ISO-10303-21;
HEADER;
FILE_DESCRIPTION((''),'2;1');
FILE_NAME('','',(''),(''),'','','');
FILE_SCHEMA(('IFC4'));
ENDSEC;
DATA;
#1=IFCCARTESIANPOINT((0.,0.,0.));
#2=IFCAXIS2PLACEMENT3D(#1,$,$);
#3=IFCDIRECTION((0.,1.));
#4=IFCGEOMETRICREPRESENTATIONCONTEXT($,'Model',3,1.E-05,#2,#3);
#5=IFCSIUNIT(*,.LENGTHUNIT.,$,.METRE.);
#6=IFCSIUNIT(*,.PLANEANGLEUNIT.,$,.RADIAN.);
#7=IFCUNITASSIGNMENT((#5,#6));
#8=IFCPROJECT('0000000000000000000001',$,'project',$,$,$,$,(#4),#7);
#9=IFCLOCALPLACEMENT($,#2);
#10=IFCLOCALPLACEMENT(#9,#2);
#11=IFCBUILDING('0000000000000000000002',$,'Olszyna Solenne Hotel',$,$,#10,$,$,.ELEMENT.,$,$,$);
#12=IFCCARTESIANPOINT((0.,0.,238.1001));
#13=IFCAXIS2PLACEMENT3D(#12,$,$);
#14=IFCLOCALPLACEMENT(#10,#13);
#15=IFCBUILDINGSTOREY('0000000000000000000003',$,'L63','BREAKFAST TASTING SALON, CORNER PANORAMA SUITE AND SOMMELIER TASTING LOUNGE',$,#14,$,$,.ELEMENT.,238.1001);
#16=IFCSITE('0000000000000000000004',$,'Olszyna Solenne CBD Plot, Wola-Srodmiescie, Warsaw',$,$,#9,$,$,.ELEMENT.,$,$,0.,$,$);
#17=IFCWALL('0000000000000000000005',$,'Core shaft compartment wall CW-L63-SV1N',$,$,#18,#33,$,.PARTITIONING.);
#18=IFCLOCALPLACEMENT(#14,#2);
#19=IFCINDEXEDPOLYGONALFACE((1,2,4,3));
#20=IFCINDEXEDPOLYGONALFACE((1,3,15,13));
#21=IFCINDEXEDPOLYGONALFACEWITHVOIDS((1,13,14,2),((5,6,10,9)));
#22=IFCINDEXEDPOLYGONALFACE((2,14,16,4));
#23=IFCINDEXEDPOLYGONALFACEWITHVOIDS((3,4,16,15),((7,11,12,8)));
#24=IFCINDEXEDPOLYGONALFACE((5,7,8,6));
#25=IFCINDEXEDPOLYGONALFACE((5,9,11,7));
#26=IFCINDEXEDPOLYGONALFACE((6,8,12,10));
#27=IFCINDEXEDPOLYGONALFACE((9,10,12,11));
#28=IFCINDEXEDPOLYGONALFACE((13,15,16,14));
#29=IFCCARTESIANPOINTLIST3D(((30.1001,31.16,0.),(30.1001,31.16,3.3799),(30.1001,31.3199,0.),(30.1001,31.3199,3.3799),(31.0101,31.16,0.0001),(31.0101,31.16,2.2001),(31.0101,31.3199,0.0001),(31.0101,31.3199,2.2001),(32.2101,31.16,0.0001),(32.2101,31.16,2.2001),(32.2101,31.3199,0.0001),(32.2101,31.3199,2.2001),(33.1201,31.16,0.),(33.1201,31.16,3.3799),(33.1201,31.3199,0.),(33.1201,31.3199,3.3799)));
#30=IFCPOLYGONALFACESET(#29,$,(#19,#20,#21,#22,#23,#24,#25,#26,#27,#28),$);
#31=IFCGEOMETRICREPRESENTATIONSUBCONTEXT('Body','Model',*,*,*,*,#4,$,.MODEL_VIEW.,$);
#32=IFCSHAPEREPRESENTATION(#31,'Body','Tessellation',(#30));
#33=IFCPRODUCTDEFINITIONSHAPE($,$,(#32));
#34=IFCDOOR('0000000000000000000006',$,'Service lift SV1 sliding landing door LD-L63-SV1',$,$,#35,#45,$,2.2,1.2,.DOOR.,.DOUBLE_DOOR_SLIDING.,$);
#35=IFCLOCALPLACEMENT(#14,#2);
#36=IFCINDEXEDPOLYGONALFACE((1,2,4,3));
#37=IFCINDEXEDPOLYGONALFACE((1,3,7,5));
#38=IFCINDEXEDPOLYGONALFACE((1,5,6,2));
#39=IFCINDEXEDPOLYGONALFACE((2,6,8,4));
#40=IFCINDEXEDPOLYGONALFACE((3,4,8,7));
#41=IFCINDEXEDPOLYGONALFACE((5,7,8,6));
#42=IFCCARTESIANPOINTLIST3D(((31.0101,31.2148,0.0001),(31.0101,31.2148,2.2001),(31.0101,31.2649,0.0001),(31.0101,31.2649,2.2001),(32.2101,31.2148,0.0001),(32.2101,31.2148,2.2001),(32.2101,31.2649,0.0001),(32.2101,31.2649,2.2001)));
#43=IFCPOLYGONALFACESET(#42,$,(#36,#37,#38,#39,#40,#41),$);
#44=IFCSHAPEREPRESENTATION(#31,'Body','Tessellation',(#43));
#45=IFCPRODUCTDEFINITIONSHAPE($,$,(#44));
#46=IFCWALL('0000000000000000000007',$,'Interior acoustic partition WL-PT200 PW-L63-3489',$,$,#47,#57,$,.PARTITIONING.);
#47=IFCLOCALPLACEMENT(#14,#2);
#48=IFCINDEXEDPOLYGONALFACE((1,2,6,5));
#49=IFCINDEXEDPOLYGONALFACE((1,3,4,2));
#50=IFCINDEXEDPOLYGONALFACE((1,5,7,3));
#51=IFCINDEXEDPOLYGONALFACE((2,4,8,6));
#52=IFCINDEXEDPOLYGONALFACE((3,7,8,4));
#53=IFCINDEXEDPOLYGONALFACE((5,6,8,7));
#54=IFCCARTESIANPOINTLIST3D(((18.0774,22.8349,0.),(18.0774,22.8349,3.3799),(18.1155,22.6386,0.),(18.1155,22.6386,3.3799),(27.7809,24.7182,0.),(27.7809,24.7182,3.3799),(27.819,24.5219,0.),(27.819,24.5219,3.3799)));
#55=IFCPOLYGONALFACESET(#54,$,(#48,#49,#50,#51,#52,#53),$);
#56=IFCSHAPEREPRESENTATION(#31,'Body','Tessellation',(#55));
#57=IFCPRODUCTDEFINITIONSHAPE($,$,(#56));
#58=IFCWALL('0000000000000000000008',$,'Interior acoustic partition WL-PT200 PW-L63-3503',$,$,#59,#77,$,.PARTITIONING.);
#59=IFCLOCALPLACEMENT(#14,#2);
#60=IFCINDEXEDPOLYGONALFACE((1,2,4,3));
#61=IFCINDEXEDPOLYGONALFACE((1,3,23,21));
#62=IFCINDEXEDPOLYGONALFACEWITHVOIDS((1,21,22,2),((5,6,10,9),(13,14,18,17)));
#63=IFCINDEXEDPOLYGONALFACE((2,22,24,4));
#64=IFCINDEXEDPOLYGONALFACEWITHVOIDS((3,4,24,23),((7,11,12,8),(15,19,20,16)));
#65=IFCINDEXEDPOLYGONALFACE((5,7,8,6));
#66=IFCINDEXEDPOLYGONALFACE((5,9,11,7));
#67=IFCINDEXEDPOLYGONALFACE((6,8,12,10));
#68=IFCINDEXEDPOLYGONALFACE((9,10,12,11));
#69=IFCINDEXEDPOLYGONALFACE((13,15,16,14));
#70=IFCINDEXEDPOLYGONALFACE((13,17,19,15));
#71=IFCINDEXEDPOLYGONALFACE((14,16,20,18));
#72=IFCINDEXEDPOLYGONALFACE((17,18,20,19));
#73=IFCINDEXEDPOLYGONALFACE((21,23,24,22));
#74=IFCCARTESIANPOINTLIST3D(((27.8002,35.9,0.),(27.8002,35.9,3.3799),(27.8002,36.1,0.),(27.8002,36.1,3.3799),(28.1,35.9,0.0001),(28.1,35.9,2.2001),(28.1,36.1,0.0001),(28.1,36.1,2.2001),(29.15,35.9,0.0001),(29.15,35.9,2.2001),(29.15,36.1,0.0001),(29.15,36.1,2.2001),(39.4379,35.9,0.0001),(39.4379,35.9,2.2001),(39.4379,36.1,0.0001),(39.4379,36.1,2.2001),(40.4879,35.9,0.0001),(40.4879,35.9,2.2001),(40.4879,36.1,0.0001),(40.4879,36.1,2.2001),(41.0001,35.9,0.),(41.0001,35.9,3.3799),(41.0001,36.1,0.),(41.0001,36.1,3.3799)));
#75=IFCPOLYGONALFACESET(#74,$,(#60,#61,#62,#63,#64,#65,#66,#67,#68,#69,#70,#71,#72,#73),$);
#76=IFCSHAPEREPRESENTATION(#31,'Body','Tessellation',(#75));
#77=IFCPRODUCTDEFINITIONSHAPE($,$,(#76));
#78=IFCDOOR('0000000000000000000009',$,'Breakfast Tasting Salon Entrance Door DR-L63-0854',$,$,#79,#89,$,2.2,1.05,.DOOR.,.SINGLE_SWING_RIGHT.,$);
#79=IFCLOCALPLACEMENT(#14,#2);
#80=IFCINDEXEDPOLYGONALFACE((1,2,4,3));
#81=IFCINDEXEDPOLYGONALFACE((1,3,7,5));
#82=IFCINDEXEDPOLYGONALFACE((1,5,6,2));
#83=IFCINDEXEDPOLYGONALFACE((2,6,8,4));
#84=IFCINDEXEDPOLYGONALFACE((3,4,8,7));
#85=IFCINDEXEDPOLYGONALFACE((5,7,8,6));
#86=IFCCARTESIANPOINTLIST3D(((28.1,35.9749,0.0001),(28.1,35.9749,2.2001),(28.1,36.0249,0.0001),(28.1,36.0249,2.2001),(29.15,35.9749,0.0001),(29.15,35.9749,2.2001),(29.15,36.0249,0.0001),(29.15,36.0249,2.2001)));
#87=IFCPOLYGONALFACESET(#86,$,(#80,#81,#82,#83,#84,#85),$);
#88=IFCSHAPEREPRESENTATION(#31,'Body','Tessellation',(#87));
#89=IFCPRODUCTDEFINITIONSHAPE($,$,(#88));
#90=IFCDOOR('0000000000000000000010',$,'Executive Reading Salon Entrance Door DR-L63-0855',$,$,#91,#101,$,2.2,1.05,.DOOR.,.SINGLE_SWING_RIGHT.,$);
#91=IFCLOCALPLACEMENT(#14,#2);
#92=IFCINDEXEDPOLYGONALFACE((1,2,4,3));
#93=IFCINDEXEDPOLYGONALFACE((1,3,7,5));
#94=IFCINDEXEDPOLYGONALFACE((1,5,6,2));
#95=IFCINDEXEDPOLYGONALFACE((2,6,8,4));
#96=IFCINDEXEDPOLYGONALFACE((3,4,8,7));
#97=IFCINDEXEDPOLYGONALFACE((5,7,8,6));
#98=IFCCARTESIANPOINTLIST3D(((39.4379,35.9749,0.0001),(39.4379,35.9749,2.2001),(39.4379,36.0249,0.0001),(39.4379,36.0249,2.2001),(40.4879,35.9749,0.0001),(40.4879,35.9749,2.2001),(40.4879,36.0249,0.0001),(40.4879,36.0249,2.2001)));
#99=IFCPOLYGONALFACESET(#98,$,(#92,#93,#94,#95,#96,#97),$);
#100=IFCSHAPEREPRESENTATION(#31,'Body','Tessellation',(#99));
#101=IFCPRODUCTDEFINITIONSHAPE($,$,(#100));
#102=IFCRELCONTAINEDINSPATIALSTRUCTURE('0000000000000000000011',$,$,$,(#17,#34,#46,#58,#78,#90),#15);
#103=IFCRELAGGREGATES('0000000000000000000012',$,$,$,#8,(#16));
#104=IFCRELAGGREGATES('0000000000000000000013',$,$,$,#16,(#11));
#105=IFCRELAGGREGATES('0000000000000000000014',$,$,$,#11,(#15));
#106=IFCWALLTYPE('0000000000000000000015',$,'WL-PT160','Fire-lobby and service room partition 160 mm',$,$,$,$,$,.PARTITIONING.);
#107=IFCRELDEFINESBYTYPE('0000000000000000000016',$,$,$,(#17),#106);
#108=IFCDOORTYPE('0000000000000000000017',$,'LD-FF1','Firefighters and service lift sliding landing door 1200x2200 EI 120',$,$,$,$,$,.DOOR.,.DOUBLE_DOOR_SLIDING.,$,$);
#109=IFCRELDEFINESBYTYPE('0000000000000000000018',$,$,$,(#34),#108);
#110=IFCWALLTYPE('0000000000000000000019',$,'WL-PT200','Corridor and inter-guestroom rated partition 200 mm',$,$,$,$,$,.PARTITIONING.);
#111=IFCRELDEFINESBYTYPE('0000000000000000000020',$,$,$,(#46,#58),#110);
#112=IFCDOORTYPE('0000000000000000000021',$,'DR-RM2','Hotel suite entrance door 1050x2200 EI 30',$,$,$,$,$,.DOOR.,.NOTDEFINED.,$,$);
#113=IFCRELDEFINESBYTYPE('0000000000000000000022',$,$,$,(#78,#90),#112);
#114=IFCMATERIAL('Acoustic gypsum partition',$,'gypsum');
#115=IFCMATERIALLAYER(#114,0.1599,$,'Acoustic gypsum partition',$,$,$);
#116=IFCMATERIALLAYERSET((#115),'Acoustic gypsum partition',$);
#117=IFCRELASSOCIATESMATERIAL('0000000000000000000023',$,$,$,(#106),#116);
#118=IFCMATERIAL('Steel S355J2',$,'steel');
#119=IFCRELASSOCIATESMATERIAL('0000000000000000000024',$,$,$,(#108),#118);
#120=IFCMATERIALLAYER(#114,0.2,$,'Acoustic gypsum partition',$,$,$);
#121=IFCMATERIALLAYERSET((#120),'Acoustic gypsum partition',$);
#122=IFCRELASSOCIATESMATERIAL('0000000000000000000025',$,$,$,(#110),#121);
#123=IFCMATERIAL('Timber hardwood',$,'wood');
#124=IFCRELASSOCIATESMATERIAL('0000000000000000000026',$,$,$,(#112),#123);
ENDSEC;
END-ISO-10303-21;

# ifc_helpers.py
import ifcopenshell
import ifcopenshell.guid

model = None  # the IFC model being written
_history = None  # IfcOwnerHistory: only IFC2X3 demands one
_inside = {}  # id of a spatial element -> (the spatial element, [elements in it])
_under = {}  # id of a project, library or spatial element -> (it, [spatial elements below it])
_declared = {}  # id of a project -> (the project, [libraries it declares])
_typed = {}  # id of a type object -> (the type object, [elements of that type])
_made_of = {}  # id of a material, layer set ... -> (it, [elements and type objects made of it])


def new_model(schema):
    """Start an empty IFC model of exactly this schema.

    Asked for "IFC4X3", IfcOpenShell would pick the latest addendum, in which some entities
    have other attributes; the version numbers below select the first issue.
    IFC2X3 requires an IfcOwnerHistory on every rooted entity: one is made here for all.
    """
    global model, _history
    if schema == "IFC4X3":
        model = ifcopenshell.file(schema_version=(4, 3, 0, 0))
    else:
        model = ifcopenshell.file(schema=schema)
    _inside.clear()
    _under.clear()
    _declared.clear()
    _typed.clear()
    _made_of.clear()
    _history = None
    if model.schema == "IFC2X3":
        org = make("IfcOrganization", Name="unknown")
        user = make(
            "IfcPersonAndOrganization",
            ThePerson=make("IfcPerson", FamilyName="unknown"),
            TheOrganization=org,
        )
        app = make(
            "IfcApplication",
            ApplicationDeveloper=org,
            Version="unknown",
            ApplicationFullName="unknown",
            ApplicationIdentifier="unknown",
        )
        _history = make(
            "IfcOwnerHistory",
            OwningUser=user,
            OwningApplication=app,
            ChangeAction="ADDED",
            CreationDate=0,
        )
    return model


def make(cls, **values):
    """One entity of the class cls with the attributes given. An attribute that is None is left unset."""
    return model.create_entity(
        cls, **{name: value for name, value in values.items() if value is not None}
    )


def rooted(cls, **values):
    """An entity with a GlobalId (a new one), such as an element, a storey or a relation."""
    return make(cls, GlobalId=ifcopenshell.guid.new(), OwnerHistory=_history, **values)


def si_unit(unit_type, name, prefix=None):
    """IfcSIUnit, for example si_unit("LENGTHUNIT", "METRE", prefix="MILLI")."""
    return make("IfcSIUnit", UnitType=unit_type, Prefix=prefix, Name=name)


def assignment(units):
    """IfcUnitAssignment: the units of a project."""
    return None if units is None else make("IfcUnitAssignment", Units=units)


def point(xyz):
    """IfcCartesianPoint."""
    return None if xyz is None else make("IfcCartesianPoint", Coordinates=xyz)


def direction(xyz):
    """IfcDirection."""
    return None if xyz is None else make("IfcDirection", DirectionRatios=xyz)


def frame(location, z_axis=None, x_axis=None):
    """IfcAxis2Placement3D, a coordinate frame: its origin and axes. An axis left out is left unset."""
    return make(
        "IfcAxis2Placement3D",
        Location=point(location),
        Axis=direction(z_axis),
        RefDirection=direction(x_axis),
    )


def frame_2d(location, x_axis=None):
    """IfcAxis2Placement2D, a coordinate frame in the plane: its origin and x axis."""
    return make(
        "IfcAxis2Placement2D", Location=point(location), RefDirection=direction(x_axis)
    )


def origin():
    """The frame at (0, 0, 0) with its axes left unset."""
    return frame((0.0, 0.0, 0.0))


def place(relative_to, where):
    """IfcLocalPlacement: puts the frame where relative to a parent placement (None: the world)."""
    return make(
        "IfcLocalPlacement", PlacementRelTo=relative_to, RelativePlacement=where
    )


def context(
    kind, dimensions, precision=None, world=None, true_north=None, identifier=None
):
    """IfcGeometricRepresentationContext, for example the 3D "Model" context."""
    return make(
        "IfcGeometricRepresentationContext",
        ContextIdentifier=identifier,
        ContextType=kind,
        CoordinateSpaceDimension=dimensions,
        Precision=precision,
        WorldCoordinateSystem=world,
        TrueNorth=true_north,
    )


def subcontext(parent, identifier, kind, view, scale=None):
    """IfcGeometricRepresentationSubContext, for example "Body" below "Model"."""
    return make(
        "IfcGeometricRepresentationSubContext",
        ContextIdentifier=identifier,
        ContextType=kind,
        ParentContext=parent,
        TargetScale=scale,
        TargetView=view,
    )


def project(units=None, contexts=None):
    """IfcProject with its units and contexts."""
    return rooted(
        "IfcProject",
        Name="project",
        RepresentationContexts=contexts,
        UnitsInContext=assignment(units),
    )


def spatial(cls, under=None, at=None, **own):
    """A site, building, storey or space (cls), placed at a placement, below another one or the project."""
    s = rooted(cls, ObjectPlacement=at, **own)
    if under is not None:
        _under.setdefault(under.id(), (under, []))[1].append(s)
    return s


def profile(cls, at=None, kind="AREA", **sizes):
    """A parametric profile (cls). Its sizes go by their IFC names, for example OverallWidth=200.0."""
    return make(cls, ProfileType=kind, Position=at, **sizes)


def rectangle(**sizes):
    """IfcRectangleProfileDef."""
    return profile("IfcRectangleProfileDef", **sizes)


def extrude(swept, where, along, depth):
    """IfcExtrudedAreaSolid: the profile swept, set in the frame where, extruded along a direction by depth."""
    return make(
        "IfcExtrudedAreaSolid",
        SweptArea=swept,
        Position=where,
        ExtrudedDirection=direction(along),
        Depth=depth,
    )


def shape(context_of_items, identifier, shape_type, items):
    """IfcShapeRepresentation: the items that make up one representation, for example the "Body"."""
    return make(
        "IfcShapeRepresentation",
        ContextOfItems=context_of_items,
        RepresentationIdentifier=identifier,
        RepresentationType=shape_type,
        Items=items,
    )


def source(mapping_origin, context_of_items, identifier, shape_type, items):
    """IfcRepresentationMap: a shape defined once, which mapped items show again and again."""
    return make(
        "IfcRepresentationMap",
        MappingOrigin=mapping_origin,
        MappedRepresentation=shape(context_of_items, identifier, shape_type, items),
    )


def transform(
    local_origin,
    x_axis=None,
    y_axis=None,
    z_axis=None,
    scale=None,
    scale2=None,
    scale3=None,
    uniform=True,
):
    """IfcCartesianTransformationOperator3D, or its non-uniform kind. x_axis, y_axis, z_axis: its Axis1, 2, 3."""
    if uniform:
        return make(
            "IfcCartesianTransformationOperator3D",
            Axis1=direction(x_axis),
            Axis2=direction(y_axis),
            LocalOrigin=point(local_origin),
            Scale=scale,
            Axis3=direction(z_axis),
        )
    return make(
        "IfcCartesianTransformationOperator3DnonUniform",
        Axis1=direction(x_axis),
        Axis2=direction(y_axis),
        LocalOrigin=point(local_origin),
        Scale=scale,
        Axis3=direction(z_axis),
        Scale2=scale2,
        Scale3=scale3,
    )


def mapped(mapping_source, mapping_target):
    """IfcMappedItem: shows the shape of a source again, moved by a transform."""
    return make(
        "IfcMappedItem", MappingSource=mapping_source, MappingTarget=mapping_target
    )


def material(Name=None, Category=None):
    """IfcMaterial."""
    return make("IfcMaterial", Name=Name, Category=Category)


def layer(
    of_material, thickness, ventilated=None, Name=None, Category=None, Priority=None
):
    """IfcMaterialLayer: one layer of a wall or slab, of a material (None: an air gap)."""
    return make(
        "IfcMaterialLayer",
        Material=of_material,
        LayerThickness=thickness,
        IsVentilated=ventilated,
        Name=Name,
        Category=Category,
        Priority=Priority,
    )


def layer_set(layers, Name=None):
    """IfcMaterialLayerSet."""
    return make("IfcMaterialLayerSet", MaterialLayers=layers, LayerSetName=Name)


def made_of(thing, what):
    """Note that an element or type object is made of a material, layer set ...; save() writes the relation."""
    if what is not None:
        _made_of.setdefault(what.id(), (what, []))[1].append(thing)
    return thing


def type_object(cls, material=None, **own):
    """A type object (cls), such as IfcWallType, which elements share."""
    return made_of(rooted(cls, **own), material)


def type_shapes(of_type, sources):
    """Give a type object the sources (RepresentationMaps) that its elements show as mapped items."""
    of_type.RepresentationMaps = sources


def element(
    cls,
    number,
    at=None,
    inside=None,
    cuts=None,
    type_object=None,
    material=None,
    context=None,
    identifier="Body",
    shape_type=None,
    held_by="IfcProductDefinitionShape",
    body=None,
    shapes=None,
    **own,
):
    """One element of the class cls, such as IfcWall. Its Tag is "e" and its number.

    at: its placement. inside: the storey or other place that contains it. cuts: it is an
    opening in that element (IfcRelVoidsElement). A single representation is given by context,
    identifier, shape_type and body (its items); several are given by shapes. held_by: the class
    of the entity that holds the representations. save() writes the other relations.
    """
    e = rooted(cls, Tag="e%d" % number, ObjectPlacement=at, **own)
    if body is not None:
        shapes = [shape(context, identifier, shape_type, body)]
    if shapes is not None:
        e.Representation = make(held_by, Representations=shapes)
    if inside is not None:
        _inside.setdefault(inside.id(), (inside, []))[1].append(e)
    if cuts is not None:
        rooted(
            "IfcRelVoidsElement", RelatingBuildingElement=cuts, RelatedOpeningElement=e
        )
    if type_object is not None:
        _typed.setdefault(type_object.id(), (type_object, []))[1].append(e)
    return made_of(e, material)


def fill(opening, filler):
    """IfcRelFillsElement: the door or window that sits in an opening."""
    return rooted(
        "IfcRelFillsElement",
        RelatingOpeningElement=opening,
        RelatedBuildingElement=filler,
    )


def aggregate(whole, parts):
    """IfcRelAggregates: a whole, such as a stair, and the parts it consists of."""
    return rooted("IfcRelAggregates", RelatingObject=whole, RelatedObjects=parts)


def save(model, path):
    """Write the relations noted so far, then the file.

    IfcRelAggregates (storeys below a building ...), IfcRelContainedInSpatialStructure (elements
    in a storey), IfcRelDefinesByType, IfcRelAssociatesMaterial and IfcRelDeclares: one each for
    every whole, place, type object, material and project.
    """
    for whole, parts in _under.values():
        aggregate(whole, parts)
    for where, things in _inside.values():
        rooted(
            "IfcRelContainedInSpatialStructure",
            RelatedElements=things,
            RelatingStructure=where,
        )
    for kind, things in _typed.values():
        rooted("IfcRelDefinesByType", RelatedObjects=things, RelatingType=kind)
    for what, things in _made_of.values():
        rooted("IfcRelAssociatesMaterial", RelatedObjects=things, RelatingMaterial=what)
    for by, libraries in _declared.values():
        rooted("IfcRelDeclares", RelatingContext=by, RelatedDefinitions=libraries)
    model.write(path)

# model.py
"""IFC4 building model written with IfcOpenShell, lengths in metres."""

from ifc_helpers import new_model, si_unit, direction, frame, frame_2d, origin, place, context, subcontext, project, spatial, rectangle, extrude, source, transform, mapped, material, layer, layer_set, type_object, type_shapes, element, fill, save


model = new_model("IFC4")

# Units and contexts
model_context = context("Model", 3, precision=1e-05, world=origin(), true_north=direction((0.0, 1.0)))
body_context = subcontext(model_context, "Body", "Model", "MODEL_VIEW")
ifc_project = project(units=[si_unit("LENGTHUNIT", "METRE"), si_unit("PLANEANGLEUNIT", "RADIAN")], contexts=[model_context])

# Site, building, storey
site_placement = place(None, origin())
site = spatial("IfcSite", under=ifc_project, at=site_placement, Name="Olszyna Solenne CBD Plot, Wola-Srodmiescie, Warsaw", CompositionType="ELEMENT", RefElevation=0.0)
building_placement = place(site_placement, origin())
building = spatial("IfcBuilding", under=site, at=building_placement, Name="Olszyna Solenne Hotel", CompositionType="ELEMENT")
storey_placement = place(building_placement, frame((0.0, 0.0, 238.1001)))
storey = spatial("IfcBuildingStorey", under=building, at=storey_placement, Name="L63", Description="BREAKFAST TASTING SALON, CORNER PANORAMA SUITE AND SOMMELIER TASTING LOUNGE", CompositionType="ELEMENT", Elevation=238.1001)

# Shared definitions
ifc_material_1 = material(Name="Steel S355J2", Category="steel")

# Shared definitions
ifc_material_2 = material(Name="Acoustic gypsum partition", Category="gypsum")
ifc_layer_1 = layer(ifc_material_2, 0.1599, Name="Acoustic gypsum partition")
ifc_layer_set_1 = layer_set([ifc_layer_1], Name="Acoustic gypsum partition")
wall_type_1 = type_object("IfcWallType", Name="WL-PT160", Description="Fire-lobby and service room partition 160 mm", PredefinedType="PARTITIONING", material=ifc_layer_set_1)

# Wall, opening, door
wall_1_placement = place(storey_placement, frame((30.1001, 31.24, 0.0), z_axis=(0.0, 0.0, 1.0), x_axis=(1.0, 0.0, 0.0)))
wall_1 = element("IfcWall", 1, at=wall_1_placement, inside=storey, type_object=wall_type_1, Name="Core shaft compartment wall CW-L63-SV1N", PredefinedType="PARTITIONING", context=body_context, shape_type="SweptSolid", body=[
    extrude(rectangle(XDim=3.02, YDim=0.1599, at=frame_2d((1.51, 0.0))), origin(), (0.0, 0.0, 1.0), 3.3799),
])
opening_1_placement = place(wall_1_placement, frame((0.9099, 0.0, 0.0)))
opening_1 = element("IfcOpeningElement", 2, at=opening_1_placement, cuts=wall_1, PredefinedType="OPENING", context=body_context, shape_type="SweptSolid", body=[
    extrude(rectangle(XDim=1.2, YDim=2.2, at=frame_2d((0.6001, 1.1001))), frame((0.0, 0.0898, 0.0), z_axis=(0.0, -1.0, 0.0), x_axis=(1.0, 0.0, 0.0)), (0.0, 0.0, 1.0), 0.1799),
])
door_type_1 = type_object("IfcDoorType", Name="LD-FF1", Description="Firefighters and service lift sliding landing door 1200x2200 EI 120", OperationType="DOUBLE_DOOR_SLIDING", PredefinedType="DOOR", material=ifc_material_1)
shared_shape_1 = source(origin(), body_context, "Body", "SweptSolid", [
    extrude(rectangle(XDim=1.2, YDim=2.2, at=frame_2d((0.6001, 1.1001))), frame((0.0, 0.0249, 0.0), z_axis=(0.0, -1.0, 0.0), x_axis=(1.0, 0.0, 0.0)), (0.0, 0.0, 1.0), 0.05),
])
type_shapes(door_type_1, [shared_shape_1])
door_1_placement = place(opening_1_placement, origin())
door_1 = element("IfcDoor", 3, at=door_1_placement, inside=storey, type_object=door_type_1, Name="Service lift SV1 sliding landing door LD-L63-SV1", OperationType="DOUBLE_DOOR_SLIDING", OverallHeight=2.2, OverallWidth=1.2, PredefinedType="DOOR", context=body_context, shape_type="MappedRepresentation", body=[
    mapped(shared_shape_1, transform((0.0, 0.0, 0.0), x_axis=(1.0, 0.0, 0.0), y_axis=(0.0, 1.0, 0.0), z_axis=(0.0, 0.0, 1.0), scale=1.0)),
])
fill(opening_1, door_1)

# Wall
ifc_layer_2 = layer(ifc_material_2, 0.2, Name="Acoustic gypsum partition")
ifc_layer_set_2 = layer_set([ifc_layer_2], Name="Acoustic gypsum partition")
wall_type_2 = type_object("IfcWallType", Name="WL-PT200", Description="Corridor and inter-guestroom rated partition 200 mm", PredefinedType="PARTITIONING", material=ifc_layer_set_2)
wall_2_placement = place(storey_placement, frame((27.8, 24.6201, 0.0), z_axis=(0.0, 0.0, 1.0), x_axis=(-0.981681, -0.190532, 0.0)))
element("IfcWall", 4, at=wall_2_placement, inside=storey, type_object=wall_type_2, Name="Interior acoustic partition WL-PT200 PW-L63-3489", PredefinedType="PARTITIONING", context=body_context, shape_type="SweptSolid", body=[
    extrude(rectangle(XDim=9.8845, YDim=0.2, at=frame_2d((4.9424, 0.0))), origin(), (0.0, 0.0, 1.0), 3.3799),
])

# Wall, openings, doors
wall_3_placement = place(storey_placement, frame((27.8, 36.0, 0.0), z_axis=(0.0, 0.0, 1.0), x_axis=(1.0, 0.0, 0.0)))
wall_3 = element("IfcWall", 5, at=wall_3_placement, inside=storey, type_object=wall_type_2, Name="Interior acoustic partition WL-PT200 PW-L63-3503", PredefinedType="PARTITIONING", context=body_context, shape_type="SweptSolid", body=[
    extrude(rectangle(XDim=13.2, YDim=0.2, at=frame_2d((6.6001, 0.0))), origin(), (0.0, 0.0, 1.0), 3.3799),
])
opening_2_placement = place(wall_3_placement, frame((0.3, 0.0, 0.0)))
opening_2 = element("IfcOpeningElement", 6, at=opening_2_placement, cuts=wall_3, PredefinedType="OPENING", context=body_context, shape_type="SweptSolid", body=[
    extrude(rectangle(XDim=1.05, YDim=2.2, at=frame_2d((0.5249, 1.1001))), frame((0.0, 0.1099, 0.0), z_axis=(0.0, -1.0, 0.0), x_axis=(1.0, 0.0, 0.0)), (0.0, 0.0, 1.0), 0.22),
])
opening_3_placement = place(wall_3_placement, frame((11.6379, 0.0, 0.0)))
opening_3 = element("IfcOpeningElement", 7, at=opening_3_placement, cuts=wall_3, PredefinedType="OPENING", context=body_context, shape_type="SweptSolid", body=[
    extrude(rectangle(XDim=1.05, YDim=2.2, at=frame_2d((0.5249, 1.1001))), frame((0.0, 0.1099, 0.0), z_axis=(0.0, -1.0, 0.0), x_axis=(1.0, 0.0, 0.0)), (0.0, 0.0, 1.0), 0.22),
])
ifc_material_3 = material(Name="Timber hardwood", Category="wood")
door_type_2 = type_object("IfcDoorType", Name="DR-RM2", Description="Hotel suite entrance door 1050x2200 EI 30", OperationType="NOTDEFINED", PredefinedType="DOOR", material=ifc_material_3)
shared_shape_2 = source(origin(), body_context, "Body", "SweptSolid", [
    extrude(rectangle(XDim=1.05, YDim=2.2, at=frame_2d((0.5249, 1.1001))), frame((0.0, 0.0249, 0.0), z_axis=(0.0, -1.0, 0.0), x_axis=(1.0, 0.0, 0.0)), (0.0, 0.0, 1.0), 0.05),
])
type_shapes(door_type_2, [shared_shape_2])
door_2_placement = place(opening_2_placement, origin())
door_2 = element("IfcDoor", 8, at=door_2_placement, inside=storey, type_object=door_type_2, Name="Breakfast Tasting Salon Entrance Door DR-L63-0854", OperationType="SINGLE_SWING_RIGHT", OverallHeight=2.2, OverallWidth=1.05, PredefinedType="DOOR", context=body_context, shape_type="MappedRepresentation", body=[
    mapped(shared_shape_2, transform((0.0, 0.0, 0.0), x_axis=(1.0, 0.0, 0.0), y_axis=(0.0, 1.0, 0.0), z_axis=(0.0, 0.0, 1.0), scale=1.0)),
])
fill(opening_2, door_2)
door_3_placement = place(opening_3_placement, origin())
door_3 = element("IfcDoor", 9, at=door_3_placement, inside=storey, type_object=door_type_2, Name="Executive Reading Salon Entrance Door DR-L63-0855", OperationType="SINGLE_SWING_RIGHT", OverallHeight=2.2, OverallWidth=1.05, PredefinedType="DOOR", context=body_context, shape_type="MappedRepresentation", body=[
    mapped(shared_shape_2, transform((0.0, 0.0, 0.0), x_axis=(1.0, 0.0, 0.0), y_axis=(0.0, 1.0, 0.0), z_axis=(0.0, 0.0, 1.0), scale=1.0)),
])
fill(opening_3, door_3)

save(model, "model.ifc")
